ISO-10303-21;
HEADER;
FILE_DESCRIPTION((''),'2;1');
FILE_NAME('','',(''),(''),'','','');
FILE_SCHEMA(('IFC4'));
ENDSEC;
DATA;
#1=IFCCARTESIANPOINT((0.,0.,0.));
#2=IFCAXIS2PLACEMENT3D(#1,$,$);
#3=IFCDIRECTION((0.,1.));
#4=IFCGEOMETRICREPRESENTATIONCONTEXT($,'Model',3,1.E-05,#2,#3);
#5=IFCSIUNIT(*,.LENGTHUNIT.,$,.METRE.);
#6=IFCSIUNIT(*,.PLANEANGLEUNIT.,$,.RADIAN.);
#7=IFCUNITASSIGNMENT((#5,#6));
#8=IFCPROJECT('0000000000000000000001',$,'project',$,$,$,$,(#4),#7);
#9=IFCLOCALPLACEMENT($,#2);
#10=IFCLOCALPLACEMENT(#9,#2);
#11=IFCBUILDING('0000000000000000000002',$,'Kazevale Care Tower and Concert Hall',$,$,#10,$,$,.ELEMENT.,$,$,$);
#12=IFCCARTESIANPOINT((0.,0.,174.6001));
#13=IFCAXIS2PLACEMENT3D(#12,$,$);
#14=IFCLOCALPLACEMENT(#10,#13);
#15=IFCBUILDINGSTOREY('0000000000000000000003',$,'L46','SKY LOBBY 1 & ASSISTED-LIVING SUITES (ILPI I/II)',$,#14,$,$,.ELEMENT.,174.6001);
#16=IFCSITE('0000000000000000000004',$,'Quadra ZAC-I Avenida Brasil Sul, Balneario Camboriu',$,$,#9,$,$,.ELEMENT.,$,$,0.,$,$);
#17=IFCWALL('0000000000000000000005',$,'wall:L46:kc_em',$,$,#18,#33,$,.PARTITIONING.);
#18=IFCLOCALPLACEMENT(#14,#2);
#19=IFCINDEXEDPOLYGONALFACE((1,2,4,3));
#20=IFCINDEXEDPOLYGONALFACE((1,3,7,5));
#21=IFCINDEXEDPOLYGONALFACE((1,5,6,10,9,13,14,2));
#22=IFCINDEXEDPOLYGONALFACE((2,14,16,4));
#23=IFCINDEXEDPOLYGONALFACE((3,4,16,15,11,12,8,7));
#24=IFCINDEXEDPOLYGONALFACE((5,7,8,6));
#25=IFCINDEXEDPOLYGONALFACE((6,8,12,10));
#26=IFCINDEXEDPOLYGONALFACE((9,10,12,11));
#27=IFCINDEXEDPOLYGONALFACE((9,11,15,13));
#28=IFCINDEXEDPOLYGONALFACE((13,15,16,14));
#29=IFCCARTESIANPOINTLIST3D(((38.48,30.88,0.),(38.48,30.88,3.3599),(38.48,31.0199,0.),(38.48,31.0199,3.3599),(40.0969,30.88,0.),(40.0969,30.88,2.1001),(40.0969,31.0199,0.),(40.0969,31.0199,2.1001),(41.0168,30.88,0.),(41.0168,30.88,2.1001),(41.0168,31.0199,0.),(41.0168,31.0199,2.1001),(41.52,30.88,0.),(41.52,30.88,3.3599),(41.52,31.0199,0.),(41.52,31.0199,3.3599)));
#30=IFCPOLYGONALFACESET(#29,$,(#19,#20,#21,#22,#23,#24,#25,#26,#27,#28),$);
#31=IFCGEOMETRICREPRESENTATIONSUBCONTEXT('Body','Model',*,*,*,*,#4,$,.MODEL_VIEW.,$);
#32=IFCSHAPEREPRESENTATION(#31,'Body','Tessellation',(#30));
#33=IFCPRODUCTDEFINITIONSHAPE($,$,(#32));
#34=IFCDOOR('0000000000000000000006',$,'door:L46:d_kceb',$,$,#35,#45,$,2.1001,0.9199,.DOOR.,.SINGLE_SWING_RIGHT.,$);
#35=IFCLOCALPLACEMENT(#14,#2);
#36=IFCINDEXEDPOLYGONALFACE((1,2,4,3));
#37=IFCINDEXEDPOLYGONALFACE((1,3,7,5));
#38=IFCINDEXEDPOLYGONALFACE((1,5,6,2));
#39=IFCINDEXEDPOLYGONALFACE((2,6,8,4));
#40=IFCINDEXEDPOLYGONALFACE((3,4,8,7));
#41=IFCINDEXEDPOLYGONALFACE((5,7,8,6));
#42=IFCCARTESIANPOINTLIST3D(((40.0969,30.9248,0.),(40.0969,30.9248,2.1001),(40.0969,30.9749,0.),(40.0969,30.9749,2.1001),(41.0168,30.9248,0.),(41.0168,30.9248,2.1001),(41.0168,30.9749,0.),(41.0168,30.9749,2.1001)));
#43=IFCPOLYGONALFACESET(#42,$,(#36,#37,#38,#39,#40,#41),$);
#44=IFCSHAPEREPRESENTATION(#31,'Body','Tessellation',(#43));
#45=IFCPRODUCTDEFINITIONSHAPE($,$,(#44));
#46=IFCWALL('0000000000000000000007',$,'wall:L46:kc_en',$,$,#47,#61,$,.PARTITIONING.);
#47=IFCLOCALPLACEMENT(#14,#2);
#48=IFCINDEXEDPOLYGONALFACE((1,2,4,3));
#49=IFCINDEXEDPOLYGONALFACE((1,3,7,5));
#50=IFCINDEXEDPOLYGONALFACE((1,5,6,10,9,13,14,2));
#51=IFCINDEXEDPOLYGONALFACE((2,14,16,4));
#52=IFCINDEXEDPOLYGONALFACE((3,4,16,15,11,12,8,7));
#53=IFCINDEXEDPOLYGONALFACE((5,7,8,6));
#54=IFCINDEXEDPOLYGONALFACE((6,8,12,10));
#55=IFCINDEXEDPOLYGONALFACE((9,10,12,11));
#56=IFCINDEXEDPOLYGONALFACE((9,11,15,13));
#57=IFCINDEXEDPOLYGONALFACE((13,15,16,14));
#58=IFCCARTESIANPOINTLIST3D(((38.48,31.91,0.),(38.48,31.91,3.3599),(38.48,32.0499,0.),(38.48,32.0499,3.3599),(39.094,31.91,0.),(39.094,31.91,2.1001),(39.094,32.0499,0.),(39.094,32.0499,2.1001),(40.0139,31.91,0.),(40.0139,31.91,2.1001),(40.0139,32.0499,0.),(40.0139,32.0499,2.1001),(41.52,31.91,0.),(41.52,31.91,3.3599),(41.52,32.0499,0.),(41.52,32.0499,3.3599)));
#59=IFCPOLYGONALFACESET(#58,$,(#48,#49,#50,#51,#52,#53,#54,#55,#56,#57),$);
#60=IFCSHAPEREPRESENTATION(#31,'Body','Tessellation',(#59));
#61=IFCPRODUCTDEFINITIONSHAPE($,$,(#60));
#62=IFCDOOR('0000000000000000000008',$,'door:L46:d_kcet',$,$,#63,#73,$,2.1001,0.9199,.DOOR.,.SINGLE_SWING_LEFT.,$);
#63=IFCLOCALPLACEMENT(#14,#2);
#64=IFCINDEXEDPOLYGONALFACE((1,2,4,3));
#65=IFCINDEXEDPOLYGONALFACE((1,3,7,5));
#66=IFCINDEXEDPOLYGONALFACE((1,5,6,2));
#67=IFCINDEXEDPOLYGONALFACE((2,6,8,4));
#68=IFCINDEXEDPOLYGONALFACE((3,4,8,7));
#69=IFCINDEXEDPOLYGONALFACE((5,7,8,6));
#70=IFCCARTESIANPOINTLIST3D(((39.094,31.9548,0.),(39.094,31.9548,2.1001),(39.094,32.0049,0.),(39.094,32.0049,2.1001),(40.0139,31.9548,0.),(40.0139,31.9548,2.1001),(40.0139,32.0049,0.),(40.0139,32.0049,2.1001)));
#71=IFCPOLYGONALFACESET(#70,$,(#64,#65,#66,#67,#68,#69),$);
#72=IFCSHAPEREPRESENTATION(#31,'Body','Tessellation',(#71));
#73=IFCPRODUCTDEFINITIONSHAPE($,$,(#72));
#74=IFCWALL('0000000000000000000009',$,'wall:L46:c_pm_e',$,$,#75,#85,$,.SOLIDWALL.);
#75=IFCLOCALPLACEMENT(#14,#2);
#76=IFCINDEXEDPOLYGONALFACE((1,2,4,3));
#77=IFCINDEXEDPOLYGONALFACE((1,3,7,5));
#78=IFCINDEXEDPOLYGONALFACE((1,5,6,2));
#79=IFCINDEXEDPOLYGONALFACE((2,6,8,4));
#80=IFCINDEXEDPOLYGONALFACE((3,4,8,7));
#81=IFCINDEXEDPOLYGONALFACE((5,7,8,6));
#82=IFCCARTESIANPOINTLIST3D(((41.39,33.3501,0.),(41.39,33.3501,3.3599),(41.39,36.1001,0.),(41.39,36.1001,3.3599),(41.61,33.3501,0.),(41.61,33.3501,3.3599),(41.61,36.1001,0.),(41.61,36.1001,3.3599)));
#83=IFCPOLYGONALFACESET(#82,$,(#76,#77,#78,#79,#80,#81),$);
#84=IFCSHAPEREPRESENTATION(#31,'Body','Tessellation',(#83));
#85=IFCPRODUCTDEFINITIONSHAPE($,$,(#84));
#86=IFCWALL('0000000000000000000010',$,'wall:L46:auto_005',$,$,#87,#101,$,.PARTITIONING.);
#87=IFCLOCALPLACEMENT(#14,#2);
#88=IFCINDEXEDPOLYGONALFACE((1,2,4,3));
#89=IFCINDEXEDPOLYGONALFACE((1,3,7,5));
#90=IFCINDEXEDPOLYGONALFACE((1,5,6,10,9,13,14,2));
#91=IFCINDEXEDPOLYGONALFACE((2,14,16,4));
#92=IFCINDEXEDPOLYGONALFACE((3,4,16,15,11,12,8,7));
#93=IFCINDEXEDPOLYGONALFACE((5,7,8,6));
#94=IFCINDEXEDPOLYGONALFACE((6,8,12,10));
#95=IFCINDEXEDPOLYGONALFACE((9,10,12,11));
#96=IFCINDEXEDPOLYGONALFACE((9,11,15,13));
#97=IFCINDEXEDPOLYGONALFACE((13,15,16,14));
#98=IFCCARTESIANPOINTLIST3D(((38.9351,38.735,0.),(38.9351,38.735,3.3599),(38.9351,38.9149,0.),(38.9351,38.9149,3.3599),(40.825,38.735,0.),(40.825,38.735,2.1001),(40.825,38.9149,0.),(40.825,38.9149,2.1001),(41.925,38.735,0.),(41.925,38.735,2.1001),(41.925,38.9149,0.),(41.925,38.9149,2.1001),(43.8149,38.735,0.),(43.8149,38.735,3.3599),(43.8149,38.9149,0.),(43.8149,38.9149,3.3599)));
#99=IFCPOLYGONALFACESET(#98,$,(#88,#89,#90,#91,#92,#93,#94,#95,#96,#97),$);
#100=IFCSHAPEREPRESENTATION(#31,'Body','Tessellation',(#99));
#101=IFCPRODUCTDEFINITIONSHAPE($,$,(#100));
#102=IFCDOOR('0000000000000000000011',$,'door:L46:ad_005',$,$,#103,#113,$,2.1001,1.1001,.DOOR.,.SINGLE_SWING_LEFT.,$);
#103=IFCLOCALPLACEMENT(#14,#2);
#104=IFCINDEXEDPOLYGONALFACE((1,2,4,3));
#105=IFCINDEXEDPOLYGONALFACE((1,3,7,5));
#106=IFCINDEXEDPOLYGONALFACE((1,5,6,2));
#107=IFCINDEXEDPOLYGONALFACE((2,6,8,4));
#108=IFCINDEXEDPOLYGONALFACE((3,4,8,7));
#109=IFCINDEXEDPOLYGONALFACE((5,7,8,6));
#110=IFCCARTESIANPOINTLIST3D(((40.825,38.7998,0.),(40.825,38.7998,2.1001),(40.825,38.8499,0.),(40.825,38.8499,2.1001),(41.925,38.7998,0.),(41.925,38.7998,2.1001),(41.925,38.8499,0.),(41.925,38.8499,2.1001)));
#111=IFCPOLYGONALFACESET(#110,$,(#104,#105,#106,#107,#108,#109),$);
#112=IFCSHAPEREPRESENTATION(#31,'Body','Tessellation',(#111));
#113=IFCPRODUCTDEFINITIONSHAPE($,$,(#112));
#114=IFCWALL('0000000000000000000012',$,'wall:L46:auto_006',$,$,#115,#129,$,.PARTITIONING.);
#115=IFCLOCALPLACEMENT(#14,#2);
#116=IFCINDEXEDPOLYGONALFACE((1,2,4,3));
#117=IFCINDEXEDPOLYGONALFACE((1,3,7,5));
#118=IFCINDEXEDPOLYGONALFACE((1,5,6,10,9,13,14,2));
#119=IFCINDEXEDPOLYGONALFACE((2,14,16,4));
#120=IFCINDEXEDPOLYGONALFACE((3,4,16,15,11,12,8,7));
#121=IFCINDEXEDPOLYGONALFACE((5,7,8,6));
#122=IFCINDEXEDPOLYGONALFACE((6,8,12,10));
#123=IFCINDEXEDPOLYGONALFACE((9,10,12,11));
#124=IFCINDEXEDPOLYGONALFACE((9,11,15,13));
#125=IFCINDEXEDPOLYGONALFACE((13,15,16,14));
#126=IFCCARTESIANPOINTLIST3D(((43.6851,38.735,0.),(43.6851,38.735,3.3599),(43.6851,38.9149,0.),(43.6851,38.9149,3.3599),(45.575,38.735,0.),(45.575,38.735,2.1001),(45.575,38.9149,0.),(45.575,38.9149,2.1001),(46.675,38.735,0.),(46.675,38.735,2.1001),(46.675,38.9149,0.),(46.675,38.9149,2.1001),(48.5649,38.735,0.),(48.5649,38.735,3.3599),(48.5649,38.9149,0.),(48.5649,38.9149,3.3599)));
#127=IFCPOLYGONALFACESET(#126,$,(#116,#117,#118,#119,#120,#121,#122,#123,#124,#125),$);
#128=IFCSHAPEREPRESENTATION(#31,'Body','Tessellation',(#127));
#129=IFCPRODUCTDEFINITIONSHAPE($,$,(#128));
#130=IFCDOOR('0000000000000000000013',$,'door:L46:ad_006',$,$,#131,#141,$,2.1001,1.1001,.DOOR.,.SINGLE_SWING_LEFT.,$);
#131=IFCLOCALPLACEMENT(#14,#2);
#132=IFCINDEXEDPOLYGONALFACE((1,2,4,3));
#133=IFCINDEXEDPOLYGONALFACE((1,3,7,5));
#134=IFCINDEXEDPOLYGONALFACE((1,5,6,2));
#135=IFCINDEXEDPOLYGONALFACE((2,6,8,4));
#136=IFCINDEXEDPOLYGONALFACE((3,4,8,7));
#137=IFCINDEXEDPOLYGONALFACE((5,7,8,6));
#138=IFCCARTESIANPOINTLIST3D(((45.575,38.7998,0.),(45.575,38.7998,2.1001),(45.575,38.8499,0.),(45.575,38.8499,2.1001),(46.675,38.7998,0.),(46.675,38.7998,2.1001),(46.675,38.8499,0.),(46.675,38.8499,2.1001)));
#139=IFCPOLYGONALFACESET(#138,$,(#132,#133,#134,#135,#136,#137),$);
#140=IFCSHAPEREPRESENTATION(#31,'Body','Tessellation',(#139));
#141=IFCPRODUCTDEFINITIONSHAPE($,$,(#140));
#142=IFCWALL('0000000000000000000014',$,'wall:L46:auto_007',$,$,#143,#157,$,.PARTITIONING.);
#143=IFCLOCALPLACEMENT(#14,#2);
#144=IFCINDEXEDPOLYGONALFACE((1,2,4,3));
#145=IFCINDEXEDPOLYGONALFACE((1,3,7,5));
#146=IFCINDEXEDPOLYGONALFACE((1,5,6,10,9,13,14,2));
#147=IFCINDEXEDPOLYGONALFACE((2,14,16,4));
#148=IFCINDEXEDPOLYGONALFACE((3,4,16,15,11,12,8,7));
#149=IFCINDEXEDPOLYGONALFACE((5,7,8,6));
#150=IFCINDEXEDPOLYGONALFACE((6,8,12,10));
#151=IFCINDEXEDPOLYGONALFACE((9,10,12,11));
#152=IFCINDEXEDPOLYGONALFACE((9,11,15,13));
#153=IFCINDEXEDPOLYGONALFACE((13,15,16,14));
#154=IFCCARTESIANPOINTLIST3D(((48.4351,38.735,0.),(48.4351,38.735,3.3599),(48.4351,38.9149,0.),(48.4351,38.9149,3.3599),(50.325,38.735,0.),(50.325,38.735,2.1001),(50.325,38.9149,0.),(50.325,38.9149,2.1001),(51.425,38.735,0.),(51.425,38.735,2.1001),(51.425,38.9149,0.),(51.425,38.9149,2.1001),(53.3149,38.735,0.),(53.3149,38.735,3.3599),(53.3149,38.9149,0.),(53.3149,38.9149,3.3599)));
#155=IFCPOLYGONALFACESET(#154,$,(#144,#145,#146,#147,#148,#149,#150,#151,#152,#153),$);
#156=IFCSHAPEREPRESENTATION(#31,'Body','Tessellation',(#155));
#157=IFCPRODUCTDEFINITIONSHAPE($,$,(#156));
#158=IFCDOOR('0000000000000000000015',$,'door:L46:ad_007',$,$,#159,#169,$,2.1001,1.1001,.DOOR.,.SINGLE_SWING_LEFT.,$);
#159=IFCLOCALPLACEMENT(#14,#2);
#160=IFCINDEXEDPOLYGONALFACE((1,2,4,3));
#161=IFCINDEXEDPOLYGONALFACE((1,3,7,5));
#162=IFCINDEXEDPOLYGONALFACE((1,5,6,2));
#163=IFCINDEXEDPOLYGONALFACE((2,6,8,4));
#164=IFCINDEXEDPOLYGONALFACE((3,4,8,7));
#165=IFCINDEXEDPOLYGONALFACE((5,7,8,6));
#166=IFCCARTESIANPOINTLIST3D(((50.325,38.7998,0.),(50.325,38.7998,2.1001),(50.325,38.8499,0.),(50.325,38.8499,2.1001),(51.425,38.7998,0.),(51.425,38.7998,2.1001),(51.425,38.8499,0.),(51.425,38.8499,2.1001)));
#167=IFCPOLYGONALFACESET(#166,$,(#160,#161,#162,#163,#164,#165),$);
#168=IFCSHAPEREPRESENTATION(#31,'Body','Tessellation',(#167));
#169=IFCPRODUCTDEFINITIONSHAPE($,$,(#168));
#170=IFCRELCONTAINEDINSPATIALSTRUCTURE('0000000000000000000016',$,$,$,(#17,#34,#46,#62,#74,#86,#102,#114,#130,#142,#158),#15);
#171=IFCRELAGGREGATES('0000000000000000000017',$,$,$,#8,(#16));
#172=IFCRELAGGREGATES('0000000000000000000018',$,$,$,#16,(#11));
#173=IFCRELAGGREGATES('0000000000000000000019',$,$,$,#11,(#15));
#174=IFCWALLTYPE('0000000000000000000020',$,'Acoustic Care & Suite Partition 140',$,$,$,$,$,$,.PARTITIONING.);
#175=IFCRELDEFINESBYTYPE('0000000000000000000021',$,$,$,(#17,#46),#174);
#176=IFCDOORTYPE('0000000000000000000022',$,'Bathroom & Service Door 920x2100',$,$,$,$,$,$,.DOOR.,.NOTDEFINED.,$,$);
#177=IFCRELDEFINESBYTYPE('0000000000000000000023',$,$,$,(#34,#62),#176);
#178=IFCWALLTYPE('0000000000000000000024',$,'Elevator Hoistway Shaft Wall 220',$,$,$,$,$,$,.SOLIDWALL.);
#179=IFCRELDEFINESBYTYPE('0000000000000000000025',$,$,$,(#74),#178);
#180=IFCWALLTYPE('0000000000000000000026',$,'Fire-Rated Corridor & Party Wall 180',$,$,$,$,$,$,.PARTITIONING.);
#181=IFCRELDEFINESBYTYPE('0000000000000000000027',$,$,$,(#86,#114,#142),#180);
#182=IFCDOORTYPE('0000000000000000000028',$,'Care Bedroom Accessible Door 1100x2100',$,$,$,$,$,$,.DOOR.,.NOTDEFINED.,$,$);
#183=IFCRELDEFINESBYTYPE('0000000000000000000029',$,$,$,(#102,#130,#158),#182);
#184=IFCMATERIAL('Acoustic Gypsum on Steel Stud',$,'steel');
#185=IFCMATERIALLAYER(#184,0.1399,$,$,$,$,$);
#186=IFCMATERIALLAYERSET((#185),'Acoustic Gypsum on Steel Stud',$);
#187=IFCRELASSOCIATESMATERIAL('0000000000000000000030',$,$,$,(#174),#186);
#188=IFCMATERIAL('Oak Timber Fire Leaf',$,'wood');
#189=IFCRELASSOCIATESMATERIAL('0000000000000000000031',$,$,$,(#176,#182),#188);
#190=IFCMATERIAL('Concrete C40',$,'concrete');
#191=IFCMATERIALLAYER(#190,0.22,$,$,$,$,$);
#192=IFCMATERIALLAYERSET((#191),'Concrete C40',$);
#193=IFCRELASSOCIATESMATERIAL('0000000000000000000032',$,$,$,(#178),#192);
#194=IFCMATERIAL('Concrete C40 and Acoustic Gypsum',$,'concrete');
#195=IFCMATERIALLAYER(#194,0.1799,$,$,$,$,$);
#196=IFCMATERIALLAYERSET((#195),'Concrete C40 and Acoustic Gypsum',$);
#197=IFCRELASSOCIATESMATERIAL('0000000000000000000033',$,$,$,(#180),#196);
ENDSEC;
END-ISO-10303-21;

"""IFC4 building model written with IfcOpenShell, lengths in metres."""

from ifc_helpers import new_model, si_unit, direction, frame, frame_2d, origin, place, context, subcontext, project, spatial, rectangle, extrude, material, layer, layer_set, type_object, element, fill, save


model = new_model("IFC4")

# Units and contexts
model_context = context("Model", 3, precision=1e-05, world=origin(), true_north=direction((0.0, 1.0)))
body_context = subcontext(model_context, "Body", "Model", "MODEL_VIEW")
ifc_project = project(units=[si_unit("LENGTHUNIT", "METRE"), si_unit("PLANEANGLEUNIT", "RADIAN")], contexts=[model_context])

# Site, building, storey
site_placement = place(None, origin())
site = spatial("IfcSite", under=ifc_project, at=site_placement, Name="Quadra ZAC-I Avenida Brasil Sul, Balneario Camboriu", CompositionType="ELEMENT", RefElevation=0.0)
building_placement = place(site_placement, origin())
building = spatial("IfcBuilding", under=site, at=building_placement, Name="Kazevale Care Tower and Concert Hall", CompositionType="ELEMENT")
storey_placement = place(building_placement, frame((0.0, 0.0, 174.6001)))
storey = spatial("IfcBuildingStorey", under=building, at=storey_placement, Name="L46", Description="SKY LOBBY 1 & ASSISTED-LIVING SUITES (ILPI I/II)", CompositionType="ELEMENT", Elevation=174.6001)

# Shared definitions
ifc_material_1 = material(Name="Acoustic Gypsum on Steel Stud", Category="steel")
ifc_layer_1 = layer(ifc_material_1, 0.1399)
ifc_layer_set_1 = layer_set([ifc_layer_1], Name="Acoustic Gypsum on Steel Stud")
wall_type_1 = type_object("IfcWallType", Name="Acoustic Care & Suite Partition 140", PredefinedType="PARTITIONING", material=ifc_layer_set_1)

# Walls, openings, doors
wall_1_placement = place(storey_placement, frame((38.48, 30.95, 0.0), z_axis=(0.0, 0.0, 1.0), x_axis=(1.0, 0.0, 0.0)))
wall_1 = element("IfcWall", 1, at=wall_1_placement, inside=storey, type_object=wall_type_1, Name="wall:L46:kc_em", PredefinedType="PARTITIONING", context=body_context, shape_type="SweptSolid", body=[
    extrude(rectangle(XDim=3.04, YDim=0.1399, at=frame_2d((1.52, 0.0))), origin(), (0.0, 0.0, 1.0), 3.3599),
])
opening_1_placement = place(wall_1_placement, frame((1.6169, 0.0, 0.0)))
opening_1 = element("IfcOpeningElement", 2, at=opening_1_placement, cuts=wall_1, PredefinedType="OPENING", context=body_context, shape_type="SweptSolid", body=[
    extrude(rectangle(XDim=0.9199, YDim=2.1001, at=frame_2d((0.46, 1.05))), frame((0.0, 0.0798, 0.0), z_axis=(0.0, -1.0, 0.0), x_axis=(1.0, 0.0, 0.0)), (0.0, 0.0, 1.0), 0.1599),
])
ifc_material_2 = material(Name="Oak Timber Fire Leaf", Category="wood")
door_type_1 = type_object("IfcDoorType", Name="Bathroom & Service Door 920x2100", OperationType="NOTDEFINED", PredefinedType="DOOR", material=ifc_material_2)
door_1_placement = place(opening_1_placement, origin())
door_1 = element("IfcDoor", 3, at=door_1_placement, inside=storey, type_object=door_type_1, Name="door:L46:d_kceb", OperationType="SINGLE_SWING_RIGHT", OverallHeight=2.1001, OverallWidth=0.9199, PredefinedType="DOOR", context=body_context, shape_type="SweptSolid", body=[
    extrude(rectangle(XDim=0.9199, YDim=2.1001, at=frame_2d((0.46, 1.05))), frame((0.0, 0.0249, 0.0), z_axis=(0.0, -1.0, 0.0), x_axis=(1.0, 0.0, 0.0)), (0.0, 0.0, 1.0), 0.05),
])
fill(opening_1, door_1)
wall_2_placement = place(storey_placement, frame((38.48, 31.98, 0.0), z_axis=(0.0, 0.0, 1.0), x_axis=(1.0, 0.0, 0.0)))
wall_2 = element("IfcWall", 4, at=wall_2_placement, inside=storey, type_object=wall_type_1, Name="wall:L46:kc_en", PredefinedType="PARTITIONING", context=body_context, shape_type="SweptSolid", body=[
    extrude(rectangle(XDim=3.04, YDim=0.1399, at=frame_2d((1.52, 0.0))), origin(), (0.0, 0.0, 1.0), 3.3599),
])
opening_2_placement = place(wall_2_placement, frame((0.614, 0.0, 0.0)))
opening_2 = element("IfcOpeningElement", 5, at=opening_2_placement, cuts=wall_2, PredefinedType="OPENING", context=body_context, shape_type="SweptSolid", body=[
    extrude(rectangle(XDim=0.9199, YDim=2.1001, at=frame_2d((0.46, 1.05))), frame((0.0, 0.0798, 0.0), z_axis=(0.0, -1.0, 0.0), x_axis=(1.0, 0.0, 0.0)), (0.0, 0.0, 1.0), 0.1599),
])
door_2_placement = place(opening_2_placement, origin())
door_2 = element("IfcDoor", 6, at=door_2_placement, inside=storey, type_object=door_type_1, Name="door:L46:d_kcet", OperationType="SINGLE_SWING_LEFT", OverallHeight=2.1001, OverallWidth=0.9199, PredefinedType="DOOR", context=body_context, shape_type="SweptSolid", body=[
    extrude(rectangle(XDim=0.9199, YDim=2.1001, at=frame_2d((0.46, 1.05))), frame((0.0, 0.0249, 0.0), z_axis=(0.0, -1.0, 0.0), x_axis=(1.0, 0.0, 0.0)), (0.0, 0.0, 1.0), 0.05),
])
fill(opening_2, door_2)

# Wall
ifc_material_3 = material(Name="Concrete C40", Category="concrete")
ifc_layer_2 = layer(ifc_material_3, 0.22)
ifc_layer_set_2 = layer_set([ifc_layer_2], Name="Concrete C40")
wall_type_2 = type_object("IfcWallType", Name="Elevator Hoistway Shaft Wall 220", PredefinedType="SOLIDWALL", material=ifc_layer_set_2)
wall_3_placement = place(storey_placement, frame((41.5, 33.3501, 0.0), z_axis=(0.0, 0.0, 1.0), x_axis=(0.0, 1.0, 0.0)))
element("IfcWall", 7, at=wall_3_placement, inside=storey, type_object=wall_type_2, Name="wall:L46:c_pm_e", PredefinedType="SOLIDWALL", context=body_context, shape_type="SweptSolid", body=[
    extrude(rectangle(XDim=2.75, YDim=0.22, at=frame_2d((1.375, 0.0))), origin(), (0.0, 0.0, 1.0), 3.3599),
])

# Walls, openings, doors
ifc_material_4 = material(Name="Concrete C40 and Acoustic Gypsum", Category="concrete")
ifc_layer_3 = layer(ifc_material_4, 0.1799)
ifc_layer_set_3 = layer_set([ifc_layer_3], Name="Concrete C40 and Acoustic Gypsum")
wall_type_3 = type_object("IfcWallType", Name="Fire-Rated Corridor & Party Wall 180", PredefinedType="PARTITIONING", material=ifc_layer_set_3)
wall_4_placement = place(storey_placement, frame((38.9351, 38.825, 0.0), z_axis=(0.0, 0.0, 1.0), x_axis=(1.0, 0.0, 0.0)))
wall_4 = element("IfcWall", 8, at=wall_4_placement, inside=storey, type_object=wall_type_3, Name="wall:L46:auto_005", PredefinedType="PARTITIONING", context=body_context, shape_type="SweptSolid", body=[
    extrude(rectangle(XDim=4.8799, YDim=0.1799, at=frame_2d((2.4399, 0.0))), origin(), (0.0, 0.0, 1.0), 3.3599),
])
opening_3_placement = place(wall_4_placement, frame((1.8899, 0.0, 0.0)))
opening_3 = element("IfcOpeningElement", 9, at=opening_3_placement, cuts=wall_4, PredefinedType="OPENING", context=body_context, shape_type="SweptSolid", body=[
    extrude(rectangle(XDim=1.1001, YDim=2.1001, at=frame_2d((0.55, 1.05))), frame((0.0, 0.0999, 0.0), z_axis=(0.0, -1.0, 0.0), x_axis=(1.0, 0.0, 0.0)), (0.0, 0.0, 1.0), 0.2),
])
door_type_2 = type_object("IfcDoorType", Name="Care Bedroom Accessible Door 1100x2100", OperationType="NOTDEFINED", PredefinedType="DOOR", material=ifc_material_2)
door_3_placement = place(opening_3_placement, origin())
door_3 = element("IfcDoor", 10, at=door_3_placement, inside=storey, type_object=door_type_2, Name="door:L46:ad_005", OperationType="SINGLE_SWING_LEFT", OverallHeight=2.1001, OverallWidth=1.1001, PredefinedType="DOOR", context=body_context, shape_type="SweptSolid", body=[
    extrude(rectangle(XDim=1.1001, YDim=2.1001, at=frame_2d((0.55, 1.05))), frame((0.0, 0.0249, 0.0), z_axis=(0.0, -1.0, 0.0), x_axis=(1.0, 0.0, 0.0)), (0.0, 0.0, 1.0), 0.05),
])
fill(opening_3, door_3)
wall_5_placement = place(storey_placement, frame((43.6851, 38.825, 0.0), z_axis=(0.0, 0.0, 1.0), x_axis=(1.0, 0.0, 0.0)))
wall_5 = element("IfcWall", 11, at=wall_5_placement, inside=storey, type_object=wall_type_3, Name="wall:L46:auto_006", PredefinedType="PARTITIONING", context=body_context, shape_type="SweptSolid", body=[
    extrude(rectangle(XDim=4.8799, YDim=0.1799, at=frame_2d((2.4399, 0.0))), origin(), (0.0, 0.0, 1.0), 3.3599),
])
opening_4_placement = place(wall_5_placement, frame((1.8899, 0.0, 0.0)))
opening_4 = element("IfcOpeningElement", 12, at=opening_4_placement, cuts=wall_5, PredefinedType="OPENING", context=body_context, shape_type="SweptSolid", body=[
    extrude(rectangle(XDim=1.1001, YDim=2.1001, at=frame_2d((0.55, 1.05))), frame((0.0, 0.0999, 0.0), z_axis=(0.0, -1.0, 0.0), x_axis=(1.0, 0.0, 0.0)), (0.0, 0.0, 1.0), 0.2),
])
door_4_placement = place(opening_4_placement, origin())
door_4 = element("IfcDoor", 13, at=door_4_placement, inside=storey, type_object=door_type_2, Name="door:L46:ad_006", OperationType="SINGLE_SWING_LEFT", OverallHeight=2.1001, OverallWidth=1.1001, PredefinedType="DOOR", context=body_context, shape_type="SweptSolid", body=[
    extrude(rectangle(XDim=1.1001, YDim=2.1001, at=frame_2d((0.55, 1.05))), frame((0.0, 0.0249, 0.0), z_axis=(0.0, -1.0, 0.0), x_axis=(1.0, 0.0, 0.0)), (0.0, 0.0, 1.0), 0.05),
])
fill(opening_4, door_4)
wall_6_placement = place(storey_placement, frame((48.4351, 38.825, 0.0), z_axis=(0.0, 0.0, 1.0), x_axis=(1.0, 0.0, 0.0)))
wall_6 = element("IfcWall", 14, at=wall_6_placement, inside=storey, type_object=wall_type_3, Name="wall:L46:auto_007", PredefinedType="PARTITIONING", context=body_context, shape_type="SweptSolid", body=[
    extrude(rectangle(XDim=4.8799, YDim=0.1799, at=frame_2d((2.4399, 0.0))), origin(), (0.0, 0.0, 1.0), 3.3599),
])
opening_5_placement = place(wall_6_placement, frame((1.8899, 0.0, 0.0)))
opening_5 = element("IfcOpeningElement", 15, at=opening_5_placement, cuts=wall_6, PredefinedType="OPENING", context=body_context, shape_type="SweptSolid", body=[
    extrude(rectangle(XDim=1.1001, YDim=2.1001, at=frame_2d((0.55, 1.05))), frame((0.0, 0.0999, 0.0), z_axis=(0.0, -1.0, 0.0), x_axis=(1.0, 0.0, 0.0)), (0.0, 0.0, 1.0), 0.2),
])
door_5_placement = place(opening_5_placement, origin())
door_5 = element("IfcDoor", 16, at=door_5_placement, inside=storey, type_object=door_type_2, Name="door:L46:ad_007", OperationType="SINGLE_SWING_LEFT", OverallHeight=2.1001, OverallWidth=1.1001, PredefinedType="DOOR", context=body_context, shape_type="SweptSolid", body=[
    extrude(rectangle(XDim=1.1001, YDim=2.1001, at=frame_2d((0.55, 1.05))), frame((0.0, 0.0249, 0.0), z_axis=(0.0, -1.0, 0.0), x_axis=(1.0, 0.0, 0.0)), (0.0, 0.0, 1.0), 0.05),
])
fill(opening_5, door_5)

save(model, "model.ifc")
